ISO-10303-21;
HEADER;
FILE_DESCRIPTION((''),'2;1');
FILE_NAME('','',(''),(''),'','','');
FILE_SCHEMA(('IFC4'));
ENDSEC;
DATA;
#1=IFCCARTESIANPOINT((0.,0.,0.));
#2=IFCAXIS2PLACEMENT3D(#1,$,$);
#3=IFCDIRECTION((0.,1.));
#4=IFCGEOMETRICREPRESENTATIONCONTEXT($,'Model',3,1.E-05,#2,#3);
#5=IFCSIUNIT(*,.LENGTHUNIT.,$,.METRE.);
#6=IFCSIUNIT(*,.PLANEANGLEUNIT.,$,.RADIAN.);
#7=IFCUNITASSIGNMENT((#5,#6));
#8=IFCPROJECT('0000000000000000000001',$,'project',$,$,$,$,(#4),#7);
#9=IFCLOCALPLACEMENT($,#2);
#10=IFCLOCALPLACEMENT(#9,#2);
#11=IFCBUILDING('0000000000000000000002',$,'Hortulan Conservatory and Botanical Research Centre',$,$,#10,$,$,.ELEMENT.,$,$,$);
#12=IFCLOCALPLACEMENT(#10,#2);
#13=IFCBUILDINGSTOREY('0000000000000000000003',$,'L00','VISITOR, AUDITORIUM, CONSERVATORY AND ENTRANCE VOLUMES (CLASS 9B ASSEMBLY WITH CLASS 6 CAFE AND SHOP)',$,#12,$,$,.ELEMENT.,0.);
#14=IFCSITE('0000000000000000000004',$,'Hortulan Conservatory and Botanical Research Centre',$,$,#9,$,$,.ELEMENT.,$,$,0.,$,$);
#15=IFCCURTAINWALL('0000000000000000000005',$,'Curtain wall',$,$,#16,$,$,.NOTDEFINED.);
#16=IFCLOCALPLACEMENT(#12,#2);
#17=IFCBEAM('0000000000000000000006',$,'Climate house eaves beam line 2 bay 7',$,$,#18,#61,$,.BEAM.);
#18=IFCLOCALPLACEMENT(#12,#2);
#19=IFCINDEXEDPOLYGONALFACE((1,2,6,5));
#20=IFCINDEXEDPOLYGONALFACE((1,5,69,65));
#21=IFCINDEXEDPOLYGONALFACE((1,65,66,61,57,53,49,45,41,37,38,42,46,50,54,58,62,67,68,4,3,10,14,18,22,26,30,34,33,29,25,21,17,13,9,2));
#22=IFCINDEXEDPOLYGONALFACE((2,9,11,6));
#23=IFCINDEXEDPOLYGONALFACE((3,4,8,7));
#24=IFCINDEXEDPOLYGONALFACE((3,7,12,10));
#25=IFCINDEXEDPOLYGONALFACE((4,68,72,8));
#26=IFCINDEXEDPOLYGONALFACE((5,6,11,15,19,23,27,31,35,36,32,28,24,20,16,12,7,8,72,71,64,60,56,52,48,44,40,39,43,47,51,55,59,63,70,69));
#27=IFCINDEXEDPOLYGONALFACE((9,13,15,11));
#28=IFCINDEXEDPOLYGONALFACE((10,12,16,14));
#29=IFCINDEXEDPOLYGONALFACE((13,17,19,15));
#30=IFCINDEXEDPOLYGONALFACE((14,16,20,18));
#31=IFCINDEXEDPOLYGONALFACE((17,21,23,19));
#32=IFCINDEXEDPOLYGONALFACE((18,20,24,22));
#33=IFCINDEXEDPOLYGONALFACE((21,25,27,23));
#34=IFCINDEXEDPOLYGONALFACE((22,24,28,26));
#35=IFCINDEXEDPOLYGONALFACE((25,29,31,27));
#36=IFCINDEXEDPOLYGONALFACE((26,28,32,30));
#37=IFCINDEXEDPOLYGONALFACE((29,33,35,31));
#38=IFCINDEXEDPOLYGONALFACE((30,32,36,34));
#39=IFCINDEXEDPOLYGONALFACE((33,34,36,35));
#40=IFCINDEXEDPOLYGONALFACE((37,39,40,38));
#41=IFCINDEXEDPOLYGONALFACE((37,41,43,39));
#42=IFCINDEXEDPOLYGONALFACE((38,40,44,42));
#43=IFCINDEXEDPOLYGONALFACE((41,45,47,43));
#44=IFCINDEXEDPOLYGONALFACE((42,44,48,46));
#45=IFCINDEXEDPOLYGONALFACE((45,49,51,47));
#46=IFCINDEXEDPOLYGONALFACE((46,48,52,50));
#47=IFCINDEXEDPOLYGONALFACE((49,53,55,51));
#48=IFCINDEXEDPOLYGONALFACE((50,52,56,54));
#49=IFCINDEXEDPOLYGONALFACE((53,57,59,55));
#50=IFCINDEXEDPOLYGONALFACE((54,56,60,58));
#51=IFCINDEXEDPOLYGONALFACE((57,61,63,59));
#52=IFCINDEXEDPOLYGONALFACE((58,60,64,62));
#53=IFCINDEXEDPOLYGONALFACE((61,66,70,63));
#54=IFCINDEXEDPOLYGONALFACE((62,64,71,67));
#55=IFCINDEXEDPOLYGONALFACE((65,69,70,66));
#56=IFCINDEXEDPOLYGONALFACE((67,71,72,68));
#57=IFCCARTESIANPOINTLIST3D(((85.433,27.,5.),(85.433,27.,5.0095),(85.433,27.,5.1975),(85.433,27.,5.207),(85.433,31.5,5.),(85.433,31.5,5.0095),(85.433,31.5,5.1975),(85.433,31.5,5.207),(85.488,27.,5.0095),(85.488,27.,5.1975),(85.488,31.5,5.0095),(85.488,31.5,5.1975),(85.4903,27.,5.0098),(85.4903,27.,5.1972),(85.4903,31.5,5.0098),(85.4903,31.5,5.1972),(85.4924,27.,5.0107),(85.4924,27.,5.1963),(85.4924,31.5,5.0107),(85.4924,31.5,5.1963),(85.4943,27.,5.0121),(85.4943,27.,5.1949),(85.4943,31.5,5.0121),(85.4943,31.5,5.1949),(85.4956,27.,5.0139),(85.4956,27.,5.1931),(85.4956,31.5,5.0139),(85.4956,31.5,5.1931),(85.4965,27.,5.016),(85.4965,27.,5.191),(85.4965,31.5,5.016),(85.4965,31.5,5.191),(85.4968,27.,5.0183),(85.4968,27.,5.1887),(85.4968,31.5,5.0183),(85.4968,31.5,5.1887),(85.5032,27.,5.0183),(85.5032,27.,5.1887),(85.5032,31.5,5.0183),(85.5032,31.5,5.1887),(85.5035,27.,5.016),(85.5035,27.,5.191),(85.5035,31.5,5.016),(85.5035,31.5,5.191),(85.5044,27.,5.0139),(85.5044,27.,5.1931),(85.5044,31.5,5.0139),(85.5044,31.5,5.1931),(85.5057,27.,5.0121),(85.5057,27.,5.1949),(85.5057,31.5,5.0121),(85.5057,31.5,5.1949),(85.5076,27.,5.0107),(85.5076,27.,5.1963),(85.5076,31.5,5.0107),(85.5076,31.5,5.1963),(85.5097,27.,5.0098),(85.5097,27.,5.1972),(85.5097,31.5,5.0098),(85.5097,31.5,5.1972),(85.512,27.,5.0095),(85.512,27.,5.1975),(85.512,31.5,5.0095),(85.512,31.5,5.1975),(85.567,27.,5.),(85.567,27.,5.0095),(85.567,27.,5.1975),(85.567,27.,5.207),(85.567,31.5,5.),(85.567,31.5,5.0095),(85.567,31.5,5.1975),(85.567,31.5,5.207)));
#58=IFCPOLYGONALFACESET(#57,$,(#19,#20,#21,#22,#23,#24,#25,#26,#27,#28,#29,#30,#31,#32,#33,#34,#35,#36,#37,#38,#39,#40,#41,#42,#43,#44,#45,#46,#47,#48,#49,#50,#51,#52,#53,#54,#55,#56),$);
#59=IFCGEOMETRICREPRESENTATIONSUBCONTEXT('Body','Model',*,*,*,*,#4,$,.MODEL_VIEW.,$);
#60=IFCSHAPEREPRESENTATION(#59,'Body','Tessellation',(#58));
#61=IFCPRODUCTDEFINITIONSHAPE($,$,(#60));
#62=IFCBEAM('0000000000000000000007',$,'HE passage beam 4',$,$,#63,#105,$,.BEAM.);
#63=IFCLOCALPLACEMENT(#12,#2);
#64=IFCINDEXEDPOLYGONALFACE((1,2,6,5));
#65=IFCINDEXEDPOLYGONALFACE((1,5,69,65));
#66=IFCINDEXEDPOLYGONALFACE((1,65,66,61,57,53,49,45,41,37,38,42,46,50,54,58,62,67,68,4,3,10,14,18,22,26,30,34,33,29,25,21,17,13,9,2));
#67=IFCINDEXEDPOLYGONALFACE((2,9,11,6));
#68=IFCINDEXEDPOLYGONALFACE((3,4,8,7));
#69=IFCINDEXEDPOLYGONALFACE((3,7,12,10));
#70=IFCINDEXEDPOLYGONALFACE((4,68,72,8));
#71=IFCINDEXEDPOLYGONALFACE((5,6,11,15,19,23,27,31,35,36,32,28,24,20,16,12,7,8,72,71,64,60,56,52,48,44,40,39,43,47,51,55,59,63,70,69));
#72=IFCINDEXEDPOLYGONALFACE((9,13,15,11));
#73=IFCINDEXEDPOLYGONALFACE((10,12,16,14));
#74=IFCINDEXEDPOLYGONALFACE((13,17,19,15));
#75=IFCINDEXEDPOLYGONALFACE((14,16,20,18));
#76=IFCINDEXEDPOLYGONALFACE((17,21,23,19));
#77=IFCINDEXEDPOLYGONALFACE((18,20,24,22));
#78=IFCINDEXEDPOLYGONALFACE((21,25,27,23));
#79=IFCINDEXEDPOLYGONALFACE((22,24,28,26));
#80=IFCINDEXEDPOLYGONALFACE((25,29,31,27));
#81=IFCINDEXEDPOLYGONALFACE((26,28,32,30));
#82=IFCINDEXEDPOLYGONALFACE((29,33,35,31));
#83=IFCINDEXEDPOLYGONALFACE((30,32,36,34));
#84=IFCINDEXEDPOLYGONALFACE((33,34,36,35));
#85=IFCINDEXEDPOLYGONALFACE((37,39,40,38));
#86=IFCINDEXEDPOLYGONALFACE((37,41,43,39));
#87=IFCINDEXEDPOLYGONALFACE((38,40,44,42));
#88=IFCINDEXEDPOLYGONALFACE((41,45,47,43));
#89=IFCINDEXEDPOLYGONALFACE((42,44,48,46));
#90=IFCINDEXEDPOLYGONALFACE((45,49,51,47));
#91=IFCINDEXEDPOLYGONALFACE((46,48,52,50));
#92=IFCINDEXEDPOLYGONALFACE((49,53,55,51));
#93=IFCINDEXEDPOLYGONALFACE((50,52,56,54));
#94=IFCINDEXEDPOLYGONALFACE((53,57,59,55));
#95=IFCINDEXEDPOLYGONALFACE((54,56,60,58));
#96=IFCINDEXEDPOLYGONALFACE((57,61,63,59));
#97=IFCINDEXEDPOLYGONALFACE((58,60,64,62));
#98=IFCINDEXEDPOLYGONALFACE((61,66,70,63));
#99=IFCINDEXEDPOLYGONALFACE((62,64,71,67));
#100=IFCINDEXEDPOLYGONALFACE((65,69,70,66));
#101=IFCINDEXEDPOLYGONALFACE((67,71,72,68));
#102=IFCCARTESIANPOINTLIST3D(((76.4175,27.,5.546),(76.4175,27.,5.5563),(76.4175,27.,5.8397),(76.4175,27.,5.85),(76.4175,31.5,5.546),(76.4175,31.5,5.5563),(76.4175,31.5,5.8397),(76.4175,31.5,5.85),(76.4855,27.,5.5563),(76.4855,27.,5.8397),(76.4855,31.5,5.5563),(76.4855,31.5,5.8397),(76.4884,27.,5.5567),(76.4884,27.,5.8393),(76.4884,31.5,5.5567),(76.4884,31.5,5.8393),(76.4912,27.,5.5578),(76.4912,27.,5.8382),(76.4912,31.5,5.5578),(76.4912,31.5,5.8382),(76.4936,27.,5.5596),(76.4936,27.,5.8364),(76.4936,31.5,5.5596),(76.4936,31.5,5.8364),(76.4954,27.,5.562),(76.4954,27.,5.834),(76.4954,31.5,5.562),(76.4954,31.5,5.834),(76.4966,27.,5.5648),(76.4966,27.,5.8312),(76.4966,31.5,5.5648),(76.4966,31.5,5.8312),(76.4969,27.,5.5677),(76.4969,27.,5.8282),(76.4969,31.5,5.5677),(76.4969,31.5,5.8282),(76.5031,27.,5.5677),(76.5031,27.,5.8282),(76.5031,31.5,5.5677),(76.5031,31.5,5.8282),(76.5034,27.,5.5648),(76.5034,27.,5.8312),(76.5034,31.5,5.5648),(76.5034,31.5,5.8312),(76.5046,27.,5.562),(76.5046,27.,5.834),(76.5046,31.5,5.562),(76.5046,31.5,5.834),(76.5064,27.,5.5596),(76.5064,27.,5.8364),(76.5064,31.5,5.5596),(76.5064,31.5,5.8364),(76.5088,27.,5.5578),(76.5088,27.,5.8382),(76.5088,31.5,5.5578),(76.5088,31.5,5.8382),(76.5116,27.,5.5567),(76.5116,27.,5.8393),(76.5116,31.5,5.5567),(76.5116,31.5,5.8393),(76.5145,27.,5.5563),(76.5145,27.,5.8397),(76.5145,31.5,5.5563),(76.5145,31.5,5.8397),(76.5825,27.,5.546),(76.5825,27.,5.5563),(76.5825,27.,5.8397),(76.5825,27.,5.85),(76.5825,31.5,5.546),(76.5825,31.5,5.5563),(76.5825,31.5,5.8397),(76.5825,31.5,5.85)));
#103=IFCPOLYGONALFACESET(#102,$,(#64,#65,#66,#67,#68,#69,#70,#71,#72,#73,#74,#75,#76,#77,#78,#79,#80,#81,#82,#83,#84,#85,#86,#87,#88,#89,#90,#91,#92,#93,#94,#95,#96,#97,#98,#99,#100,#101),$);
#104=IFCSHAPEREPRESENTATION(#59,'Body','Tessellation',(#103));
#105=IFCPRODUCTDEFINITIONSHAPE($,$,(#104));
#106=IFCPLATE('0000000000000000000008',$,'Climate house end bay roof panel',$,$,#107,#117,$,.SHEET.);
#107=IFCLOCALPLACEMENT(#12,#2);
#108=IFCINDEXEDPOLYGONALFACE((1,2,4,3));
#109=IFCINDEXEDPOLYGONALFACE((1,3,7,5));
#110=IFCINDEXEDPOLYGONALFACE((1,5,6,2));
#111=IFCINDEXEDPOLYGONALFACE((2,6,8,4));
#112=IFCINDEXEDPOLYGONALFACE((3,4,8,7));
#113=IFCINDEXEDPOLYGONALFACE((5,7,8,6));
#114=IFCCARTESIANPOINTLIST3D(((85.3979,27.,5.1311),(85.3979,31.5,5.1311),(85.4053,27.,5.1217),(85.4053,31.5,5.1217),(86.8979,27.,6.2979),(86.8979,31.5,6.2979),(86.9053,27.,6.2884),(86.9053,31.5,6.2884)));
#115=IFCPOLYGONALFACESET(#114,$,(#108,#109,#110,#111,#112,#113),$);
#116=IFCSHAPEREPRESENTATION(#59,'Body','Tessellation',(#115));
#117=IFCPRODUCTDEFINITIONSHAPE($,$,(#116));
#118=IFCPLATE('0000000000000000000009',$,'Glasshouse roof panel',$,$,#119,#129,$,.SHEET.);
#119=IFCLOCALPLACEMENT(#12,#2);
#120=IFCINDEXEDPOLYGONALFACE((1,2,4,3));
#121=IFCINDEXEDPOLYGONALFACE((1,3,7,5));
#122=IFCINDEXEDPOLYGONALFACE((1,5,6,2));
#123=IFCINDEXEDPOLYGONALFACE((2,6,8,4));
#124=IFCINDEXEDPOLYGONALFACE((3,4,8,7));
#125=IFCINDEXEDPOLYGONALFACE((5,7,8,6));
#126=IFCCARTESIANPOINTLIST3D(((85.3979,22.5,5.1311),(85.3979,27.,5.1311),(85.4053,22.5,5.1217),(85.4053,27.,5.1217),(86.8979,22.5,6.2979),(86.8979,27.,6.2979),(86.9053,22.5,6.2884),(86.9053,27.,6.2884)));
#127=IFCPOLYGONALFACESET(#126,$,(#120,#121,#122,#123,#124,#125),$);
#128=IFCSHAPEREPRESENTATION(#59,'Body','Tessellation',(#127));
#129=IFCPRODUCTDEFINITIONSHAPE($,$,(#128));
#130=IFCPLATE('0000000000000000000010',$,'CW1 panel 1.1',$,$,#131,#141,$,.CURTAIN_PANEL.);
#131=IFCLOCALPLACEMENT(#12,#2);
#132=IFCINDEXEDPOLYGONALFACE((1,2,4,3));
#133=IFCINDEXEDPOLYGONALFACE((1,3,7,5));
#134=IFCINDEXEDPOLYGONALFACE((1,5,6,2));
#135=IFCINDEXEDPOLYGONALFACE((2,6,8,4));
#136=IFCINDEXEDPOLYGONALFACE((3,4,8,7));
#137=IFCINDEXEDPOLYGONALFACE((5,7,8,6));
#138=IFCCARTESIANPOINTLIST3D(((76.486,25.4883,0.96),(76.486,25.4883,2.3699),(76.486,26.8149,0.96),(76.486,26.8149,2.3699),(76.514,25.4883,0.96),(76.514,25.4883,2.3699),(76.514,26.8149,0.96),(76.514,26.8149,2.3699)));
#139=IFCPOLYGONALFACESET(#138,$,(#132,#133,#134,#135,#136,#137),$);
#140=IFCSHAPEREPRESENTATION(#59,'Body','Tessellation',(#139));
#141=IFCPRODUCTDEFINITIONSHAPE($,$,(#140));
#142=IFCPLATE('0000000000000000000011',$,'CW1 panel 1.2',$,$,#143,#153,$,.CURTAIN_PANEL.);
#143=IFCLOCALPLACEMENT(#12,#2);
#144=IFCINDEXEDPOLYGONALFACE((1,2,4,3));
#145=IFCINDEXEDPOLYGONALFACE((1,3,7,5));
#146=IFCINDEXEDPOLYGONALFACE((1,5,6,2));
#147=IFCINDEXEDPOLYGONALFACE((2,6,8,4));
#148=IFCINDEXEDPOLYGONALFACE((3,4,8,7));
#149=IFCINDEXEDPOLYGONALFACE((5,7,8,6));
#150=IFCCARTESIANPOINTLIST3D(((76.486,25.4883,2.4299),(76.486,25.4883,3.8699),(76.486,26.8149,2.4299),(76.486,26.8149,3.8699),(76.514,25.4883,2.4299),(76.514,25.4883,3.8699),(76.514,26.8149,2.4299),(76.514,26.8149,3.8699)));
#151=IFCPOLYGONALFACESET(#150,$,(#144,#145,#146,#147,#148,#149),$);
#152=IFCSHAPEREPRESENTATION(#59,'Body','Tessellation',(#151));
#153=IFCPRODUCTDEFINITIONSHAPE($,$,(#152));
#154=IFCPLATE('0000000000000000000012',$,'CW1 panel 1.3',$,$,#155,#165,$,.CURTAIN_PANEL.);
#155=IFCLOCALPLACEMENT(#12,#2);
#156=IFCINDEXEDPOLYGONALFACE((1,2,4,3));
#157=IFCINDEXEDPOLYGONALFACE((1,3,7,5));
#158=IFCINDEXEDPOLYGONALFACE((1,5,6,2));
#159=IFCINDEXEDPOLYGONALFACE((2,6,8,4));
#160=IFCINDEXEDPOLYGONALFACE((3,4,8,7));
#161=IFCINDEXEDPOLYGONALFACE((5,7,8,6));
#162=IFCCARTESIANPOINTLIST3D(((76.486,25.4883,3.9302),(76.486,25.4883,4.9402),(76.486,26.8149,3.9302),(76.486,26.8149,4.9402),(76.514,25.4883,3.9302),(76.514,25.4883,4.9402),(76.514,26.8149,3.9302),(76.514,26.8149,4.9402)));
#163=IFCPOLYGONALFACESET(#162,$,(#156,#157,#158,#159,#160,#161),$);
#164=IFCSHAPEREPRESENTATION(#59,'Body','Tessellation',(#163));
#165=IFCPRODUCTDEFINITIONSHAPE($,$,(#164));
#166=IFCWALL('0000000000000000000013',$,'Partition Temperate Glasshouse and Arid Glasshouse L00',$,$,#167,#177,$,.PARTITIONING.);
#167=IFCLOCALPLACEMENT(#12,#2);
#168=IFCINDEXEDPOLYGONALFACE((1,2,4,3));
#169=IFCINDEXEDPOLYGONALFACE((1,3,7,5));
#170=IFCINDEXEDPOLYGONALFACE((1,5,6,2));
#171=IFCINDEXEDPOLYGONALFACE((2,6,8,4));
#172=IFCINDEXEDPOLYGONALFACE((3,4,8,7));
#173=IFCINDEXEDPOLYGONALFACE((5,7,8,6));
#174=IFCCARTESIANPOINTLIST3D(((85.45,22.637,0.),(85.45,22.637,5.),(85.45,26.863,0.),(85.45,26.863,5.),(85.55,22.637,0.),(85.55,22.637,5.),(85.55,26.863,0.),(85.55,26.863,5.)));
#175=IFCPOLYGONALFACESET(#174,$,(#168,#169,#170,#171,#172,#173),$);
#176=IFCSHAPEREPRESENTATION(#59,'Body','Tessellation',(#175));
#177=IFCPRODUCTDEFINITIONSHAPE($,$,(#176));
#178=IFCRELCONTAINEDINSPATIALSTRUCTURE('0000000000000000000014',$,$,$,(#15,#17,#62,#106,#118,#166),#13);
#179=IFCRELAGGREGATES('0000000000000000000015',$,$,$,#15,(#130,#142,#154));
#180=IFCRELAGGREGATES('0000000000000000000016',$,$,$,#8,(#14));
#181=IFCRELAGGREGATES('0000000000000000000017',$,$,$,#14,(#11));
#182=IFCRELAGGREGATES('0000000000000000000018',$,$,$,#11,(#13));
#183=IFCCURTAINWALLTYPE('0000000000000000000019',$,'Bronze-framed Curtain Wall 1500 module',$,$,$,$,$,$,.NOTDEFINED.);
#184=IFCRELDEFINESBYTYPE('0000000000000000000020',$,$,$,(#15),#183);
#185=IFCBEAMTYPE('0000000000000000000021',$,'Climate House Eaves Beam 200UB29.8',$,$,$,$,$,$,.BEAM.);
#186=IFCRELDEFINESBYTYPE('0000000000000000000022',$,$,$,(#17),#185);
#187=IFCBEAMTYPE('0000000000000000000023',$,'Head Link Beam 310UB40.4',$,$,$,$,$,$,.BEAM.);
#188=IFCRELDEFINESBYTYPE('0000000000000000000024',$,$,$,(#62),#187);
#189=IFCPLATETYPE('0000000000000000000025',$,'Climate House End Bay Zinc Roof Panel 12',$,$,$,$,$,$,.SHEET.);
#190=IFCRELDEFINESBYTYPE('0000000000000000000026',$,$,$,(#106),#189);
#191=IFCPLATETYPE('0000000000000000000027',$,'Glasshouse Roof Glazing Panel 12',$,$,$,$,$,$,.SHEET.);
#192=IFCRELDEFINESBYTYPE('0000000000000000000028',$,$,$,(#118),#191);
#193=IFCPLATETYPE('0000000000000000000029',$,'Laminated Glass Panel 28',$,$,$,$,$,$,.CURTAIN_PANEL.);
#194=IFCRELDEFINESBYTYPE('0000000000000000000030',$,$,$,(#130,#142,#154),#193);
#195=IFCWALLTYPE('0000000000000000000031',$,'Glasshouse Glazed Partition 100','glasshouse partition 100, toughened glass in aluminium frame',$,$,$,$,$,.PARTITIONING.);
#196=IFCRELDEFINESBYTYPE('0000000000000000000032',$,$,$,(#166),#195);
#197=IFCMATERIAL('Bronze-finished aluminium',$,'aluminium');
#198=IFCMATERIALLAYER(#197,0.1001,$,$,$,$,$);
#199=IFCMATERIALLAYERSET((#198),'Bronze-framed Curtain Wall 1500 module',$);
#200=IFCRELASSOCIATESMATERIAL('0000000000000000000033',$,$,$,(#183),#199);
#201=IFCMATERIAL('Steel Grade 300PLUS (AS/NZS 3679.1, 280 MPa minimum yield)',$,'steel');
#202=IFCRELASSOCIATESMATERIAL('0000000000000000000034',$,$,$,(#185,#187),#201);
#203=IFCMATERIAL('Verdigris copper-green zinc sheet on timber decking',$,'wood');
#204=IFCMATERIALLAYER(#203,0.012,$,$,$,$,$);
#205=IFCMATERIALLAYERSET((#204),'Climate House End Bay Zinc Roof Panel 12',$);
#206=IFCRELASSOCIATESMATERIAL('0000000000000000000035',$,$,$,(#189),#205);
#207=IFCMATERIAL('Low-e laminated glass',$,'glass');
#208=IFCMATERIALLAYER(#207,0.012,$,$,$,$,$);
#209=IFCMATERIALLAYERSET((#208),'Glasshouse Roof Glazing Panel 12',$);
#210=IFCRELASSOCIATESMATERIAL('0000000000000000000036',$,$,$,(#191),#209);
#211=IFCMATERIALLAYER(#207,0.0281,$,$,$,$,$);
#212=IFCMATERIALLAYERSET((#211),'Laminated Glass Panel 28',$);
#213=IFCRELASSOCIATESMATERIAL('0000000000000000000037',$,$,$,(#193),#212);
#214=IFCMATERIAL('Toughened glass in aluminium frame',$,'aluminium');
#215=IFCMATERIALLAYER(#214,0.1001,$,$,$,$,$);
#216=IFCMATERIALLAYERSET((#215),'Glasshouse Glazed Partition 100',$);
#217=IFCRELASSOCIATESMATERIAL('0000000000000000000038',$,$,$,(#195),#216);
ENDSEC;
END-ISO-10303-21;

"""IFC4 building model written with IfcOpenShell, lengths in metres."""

from ifc_helpers import new_model, si_unit, direction, frame, frame_2d, origin, origin_2d, place, context, subcontext, project, spatial, polyline, rectangle, i_section, outline, extrude, material, layer, layer_set, material_profile, profile_set, type_object, element, aggregate, save


model = new_model("IFC4")

# Units and contexts
model_context = context("Model", 3, precision=1e-05, world=origin(), true_north=direction((0.0, 1.0)))
body_context = subcontext(model_context, "Body", "Model", "MODEL_VIEW")
ifc_project = project(units=[si_unit("LENGTHUNIT", "METRE"), si_unit("PLANEANGLEUNIT", "RADIAN")], contexts=[model_context])

# Site, building, storey
site_placement = place(None, origin())
site = spatial("IfcSite", under=ifc_project, at=site_placement, Name="Hortulan Conservatory and Botanical Research Centre", CompositionType="ELEMENT", RefElevation=0.0)
building_placement = place(site_placement, origin())
building = spatial("IfcBuilding", under=site, at=building_placement, Name="Hortulan Conservatory and Botanical Research Centre", CompositionType="ELEMENT")
storey_placement = place(building_placement, origin())
storey = spatial("IfcBuildingStorey", under=building, at=storey_placement, Name="L00", Description="VISITOR, AUDITORIUM, CONSERVATORY AND ENTRANCE VOLUMES (CLASS 9B ASSEMBLY WITH CLASS 6 CAFE AND SHOP)", CompositionType="ELEMENT", Elevation=0.0)

# Shared definitions
ifc_material_1 = material(Name="Steel Grade 300PLUS (AS/NZS 3679.1, 280 MPa minimum yield)", Category="steel")

# Curtain wall
ifc_material_2 = material(Name="Bronze-finished aluminium", Category="aluminium")
ifc_layer_1 = layer(ifc_material_2, 0.1001)
ifc_layer_set_1 = layer_set([ifc_layer_1], Name="Bronze-framed Curtain Wall 1500 module")
curtain_wall_type = type_object("IfcCurtainWallType", Name="Bronze-framed Curtain Wall 1500 module", PredefinedType="NOTDEFINED", material=ifc_layer_set_1)
curtain_wall_placement = place(storey_placement, origin())
curtain_wall = element("IfcCurtainWall", 1, at=curtain_wall_placement, inside=storey, type_object=curtain_wall_type, Name="Curtain wall", PredefinedType="NOTDEFINED")

# Beams
ifc_material_profile_1 = material_profile(ifc_material_1, i_section(OverallWidth=0.134, OverallDepth=0.207, WebThickness=0.0063, FlangeThickness=0.0095, FilletRadius=0.0088, at=origin_2d()), Name="200UB29.8")
ifc_profile_set_1 = profile_set([ifc_material_profile_1], Name="Steel Grade 300PLUS (AS/NZS 3679.1, 280 MPa minimum yield)")
beam_type_1 = type_object("IfcBeamType", Name="Climate House Eaves Beam 200UB29.8", PredefinedType="BEAM", material=ifc_profile_set_1)
for number, where, z_axis, x_axis, name in (
    (2, (85.5, 27.0, 5.1035), (0.0, 1.0, 0.0), (-1.0, 0.0, 0.0), "Climate house eaves beam line 2 bay 7"),
):
    element("IfcBeam", number, at=place(storey_placement, frame(where, z_axis=z_axis, x_axis=x_axis)), inside=storey, type_object=beam_type_1, Name=name, PredefinedType="BEAM", context=body_context, shape_type="SweptSolid", body=[
        extrude(i_section(OverallWidth=0.134, OverallDepth=0.207, WebThickness=0.0063, FlangeThickness=0.0095, FilletRadius=0.0088, at=origin_2d()), origin(), (0.0, 0.0, 1.0), 4.5),
    ])
ifc_material_profile_2 = material_profile(ifc_material_1, i_section(OverallWidth=0.165, OverallDepth=0.304, WebThickness=0.0061, FlangeThickness=0.0103, FilletRadius=0.0115, at=origin_2d()), Name="310UB40.4")
ifc_profile_set_2 = profile_set([ifc_material_profile_2], Name="Steel Grade 300PLUS (AS/NZS 3679.1, 280 MPa minimum yield)")
beam_type_2 = type_object("IfcBeamType", Name="Head Link Beam 310UB40.4", PredefinedType="BEAM", material=ifc_profile_set_2)
beam_placement = place(storey_placement, frame((76.5, 27.0, 5.698), z_axis=(0.0, 1.0, 0.0), x_axis=(-1.0, 0.0, 0.0)))
element("IfcBeam", 3, at=beam_placement, inside=storey, type_object=beam_type_2, Name="HE passage beam 4", PredefinedType="BEAM", context=body_context, shape_type="SweptSolid", body=[
    extrude(i_section(OverallWidth=0.165, OverallDepth=0.304, WebThickness=0.0061, FlangeThickness=0.0103, FilletRadius=0.0115, at=origin_2d()), origin(), (0.0, 0.0, 1.0), 4.5),
])

# Plates
ifc_material_3 = material(Name="Verdigris copper-green zinc sheet on timber decking", Category="wood")
ifc_layer_2 = layer(ifc_material_3, 0.012)
ifc_layer_set_2 = layer_set([ifc_layer_2], Name="Climate House End Bay Zinc Roof Panel 12")
plate_type_1 = type_object("IfcPlateType", Name="Climate House End Bay Zinc Roof Panel 12", PredefinedType="SHEET", material=ifc_layer_set_2)
plate_1_placement = place(storey_placement, frame((85.3979, 27.0, 5.1311), z_axis=(-0.613967, 0.0, 0.789331), x_axis=(0.789331, 0.0, 0.613967)))
element("IfcPlate", 4, at=plate_1_placement, inside=storey, type_object=plate_type_1, Name="Climate house end bay roof panel", PredefinedType="SHEET", context=body_context, shape_type="SweptSolid", body=[
    extrude(outline(polyline([(0.0, 0.0), (1.9003, 0.0), (1.9003, 4.5), (0.0, 4.5), (0.0, 0.0)])), origin(), (0.0, 0.0, -1.0), 0.012),
])
ifc_material_4 = material(Name="Low-e laminated glass", Category="glass")
ifc_layer_3 = layer(ifc_material_4, 0.012)
ifc_layer_set_3 = layer_set([ifc_layer_3], Name="Glasshouse Roof Glazing Panel 12")
plate_type_2 = type_object("IfcPlateType", Name="Glasshouse Roof Glazing Panel 12", PredefinedType="SHEET", material=ifc_layer_set_3)
plate_2_placement = place(storey_placement, frame((85.3979, 22.5, 5.1311), z_axis=(-0.613967, 0.0, 0.789331), x_axis=(0.789331, 0.0, 0.613967)))
element("IfcPlate", 5, at=plate_2_placement, inside=storey, type_object=plate_type_2, Name="Glasshouse roof panel", PredefinedType="SHEET", context=body_context, shape_type="SweptSolid", body=[
    extrude(outline(polyline([(0.0, 0.0), (1.9003, 0.0), (1.9003, 4.5), (0.0, 4.5), (0.0, 0.0)])), origin(), (0.0, 0.0, -1.0), 0.012),
])

# Plates
ifc_layer_4 = layer(ifc_material_4, 0.0281)
ifc_layer_set_4 = layer_set([ifc_layer_4], Name="Laminated Glass Panel 28")
plate_type_3 = type_object("IfcPlateType", Name="Laminated Glass Panel 28", PredefinedType="CURTAIN_PANEL", material=ifc_layer_set_4)
plate_3_placement = place(storey_placement, frame((76.5, 26.1516, 0.96), z_axis=(0.0, 0.0, 1.0), x_axis=(0.0, -1.0, 0.0)))
plate_3 = element("IfcPlate", 6, at=plate_3_placement, type_object=plate_type_3, Name="CW1 panel 1.1", PredefinedType="CURTAIN_PANEL", context=body_context, shape_type="SweptSolid", body=[
    extrude(rectangle(XDim=1.3267, YDim=0.0281, at=origin_2d()), origin(), (0.0, 0.0, 1.0), 1.4099),
])
plate_4_placement = place(storey_placement, frame((76.5, 26.1516, 2.4299), z_axis=(0.0, 0.0, 1.0), x_axis=(0.0, -1.0, 0.0)))
plate_4 = element("IfcPlate", 7, at=plate_4_placement, type_object=plate_type_3, Name="CW1 panel 1.2", PredefinedType="CURTAIN_PANEL", context=body_context, shape_type="SweptSolid", body=[
    extrude(rectangle(XDim=1.3267, YDim=0.0281, at=origin_2d()), origin(), (0.0, 0.0, 1.0), 1.4399),
])
plate_5_placement = place(storey_placement, frame((76.5, 26.1516, 3.9302), z_axis=(0.0, 0.0, 1.0), x_axis=(0.0, -1.0, 0.0)))
plate_5 = element("IfcPlate", 8, at=plate_5_placement, type_object=plate_type_3, Name="CW1 panel 1.3", PredefinedType="CURTAIN_PANEL", context=body_context, shape_type="SweptSolid", body=[
    extrude(rectangle(XDim=1.3267, YDim=0.0281, at=origin_2d()), origin(), (0.0, 0.0, 1.0), 1.01),
])
aggregate(curtain_wall, [plate_3, plate_4, plate_5])

# Wall
ifc_material_5 = material(Name="Toughened glass in aluminium frame", Category="aluminium")
ifc_layer_5 = layer(ifc_material_5, 0.1001)
ifc_layer_set_5 = layer_set([ifc_layer_5], Name="Glasshouse Glazed Partition 100")
wall_type_1 = type_object("IfcWallType", Name="Glasshouse Glazed Partition 100", Description="glasshouse partition 100, toughened glass in aluminium frame", PredefinedType="PARTITIONING", material=ifc_layer_set_5)
wall_1_placement = place(storey_placement, frame((85.5, 22.637, 0.0), z_axis=(0.0, 0.0, 1.0), x_axis=(0.0, 1.0, 0.0)))
element("IfcWall", 9, at=wall_1_placement, inside=storey, type_object=wall_type_1, Name="Partition Temperate Glasshouse and Arid Glasshouse L00", PredefinedType="PARTITIONING", context=body_context, shape_type="SweptSolid", body=[
    extrude(rectangle(XDim=4.2261, YDim=0.1001, at=frame_2d((2.113, 0.0))), origin(), (0.0, 0.0, 1.0), 5.0),
])

save(model, "model.ifc")
